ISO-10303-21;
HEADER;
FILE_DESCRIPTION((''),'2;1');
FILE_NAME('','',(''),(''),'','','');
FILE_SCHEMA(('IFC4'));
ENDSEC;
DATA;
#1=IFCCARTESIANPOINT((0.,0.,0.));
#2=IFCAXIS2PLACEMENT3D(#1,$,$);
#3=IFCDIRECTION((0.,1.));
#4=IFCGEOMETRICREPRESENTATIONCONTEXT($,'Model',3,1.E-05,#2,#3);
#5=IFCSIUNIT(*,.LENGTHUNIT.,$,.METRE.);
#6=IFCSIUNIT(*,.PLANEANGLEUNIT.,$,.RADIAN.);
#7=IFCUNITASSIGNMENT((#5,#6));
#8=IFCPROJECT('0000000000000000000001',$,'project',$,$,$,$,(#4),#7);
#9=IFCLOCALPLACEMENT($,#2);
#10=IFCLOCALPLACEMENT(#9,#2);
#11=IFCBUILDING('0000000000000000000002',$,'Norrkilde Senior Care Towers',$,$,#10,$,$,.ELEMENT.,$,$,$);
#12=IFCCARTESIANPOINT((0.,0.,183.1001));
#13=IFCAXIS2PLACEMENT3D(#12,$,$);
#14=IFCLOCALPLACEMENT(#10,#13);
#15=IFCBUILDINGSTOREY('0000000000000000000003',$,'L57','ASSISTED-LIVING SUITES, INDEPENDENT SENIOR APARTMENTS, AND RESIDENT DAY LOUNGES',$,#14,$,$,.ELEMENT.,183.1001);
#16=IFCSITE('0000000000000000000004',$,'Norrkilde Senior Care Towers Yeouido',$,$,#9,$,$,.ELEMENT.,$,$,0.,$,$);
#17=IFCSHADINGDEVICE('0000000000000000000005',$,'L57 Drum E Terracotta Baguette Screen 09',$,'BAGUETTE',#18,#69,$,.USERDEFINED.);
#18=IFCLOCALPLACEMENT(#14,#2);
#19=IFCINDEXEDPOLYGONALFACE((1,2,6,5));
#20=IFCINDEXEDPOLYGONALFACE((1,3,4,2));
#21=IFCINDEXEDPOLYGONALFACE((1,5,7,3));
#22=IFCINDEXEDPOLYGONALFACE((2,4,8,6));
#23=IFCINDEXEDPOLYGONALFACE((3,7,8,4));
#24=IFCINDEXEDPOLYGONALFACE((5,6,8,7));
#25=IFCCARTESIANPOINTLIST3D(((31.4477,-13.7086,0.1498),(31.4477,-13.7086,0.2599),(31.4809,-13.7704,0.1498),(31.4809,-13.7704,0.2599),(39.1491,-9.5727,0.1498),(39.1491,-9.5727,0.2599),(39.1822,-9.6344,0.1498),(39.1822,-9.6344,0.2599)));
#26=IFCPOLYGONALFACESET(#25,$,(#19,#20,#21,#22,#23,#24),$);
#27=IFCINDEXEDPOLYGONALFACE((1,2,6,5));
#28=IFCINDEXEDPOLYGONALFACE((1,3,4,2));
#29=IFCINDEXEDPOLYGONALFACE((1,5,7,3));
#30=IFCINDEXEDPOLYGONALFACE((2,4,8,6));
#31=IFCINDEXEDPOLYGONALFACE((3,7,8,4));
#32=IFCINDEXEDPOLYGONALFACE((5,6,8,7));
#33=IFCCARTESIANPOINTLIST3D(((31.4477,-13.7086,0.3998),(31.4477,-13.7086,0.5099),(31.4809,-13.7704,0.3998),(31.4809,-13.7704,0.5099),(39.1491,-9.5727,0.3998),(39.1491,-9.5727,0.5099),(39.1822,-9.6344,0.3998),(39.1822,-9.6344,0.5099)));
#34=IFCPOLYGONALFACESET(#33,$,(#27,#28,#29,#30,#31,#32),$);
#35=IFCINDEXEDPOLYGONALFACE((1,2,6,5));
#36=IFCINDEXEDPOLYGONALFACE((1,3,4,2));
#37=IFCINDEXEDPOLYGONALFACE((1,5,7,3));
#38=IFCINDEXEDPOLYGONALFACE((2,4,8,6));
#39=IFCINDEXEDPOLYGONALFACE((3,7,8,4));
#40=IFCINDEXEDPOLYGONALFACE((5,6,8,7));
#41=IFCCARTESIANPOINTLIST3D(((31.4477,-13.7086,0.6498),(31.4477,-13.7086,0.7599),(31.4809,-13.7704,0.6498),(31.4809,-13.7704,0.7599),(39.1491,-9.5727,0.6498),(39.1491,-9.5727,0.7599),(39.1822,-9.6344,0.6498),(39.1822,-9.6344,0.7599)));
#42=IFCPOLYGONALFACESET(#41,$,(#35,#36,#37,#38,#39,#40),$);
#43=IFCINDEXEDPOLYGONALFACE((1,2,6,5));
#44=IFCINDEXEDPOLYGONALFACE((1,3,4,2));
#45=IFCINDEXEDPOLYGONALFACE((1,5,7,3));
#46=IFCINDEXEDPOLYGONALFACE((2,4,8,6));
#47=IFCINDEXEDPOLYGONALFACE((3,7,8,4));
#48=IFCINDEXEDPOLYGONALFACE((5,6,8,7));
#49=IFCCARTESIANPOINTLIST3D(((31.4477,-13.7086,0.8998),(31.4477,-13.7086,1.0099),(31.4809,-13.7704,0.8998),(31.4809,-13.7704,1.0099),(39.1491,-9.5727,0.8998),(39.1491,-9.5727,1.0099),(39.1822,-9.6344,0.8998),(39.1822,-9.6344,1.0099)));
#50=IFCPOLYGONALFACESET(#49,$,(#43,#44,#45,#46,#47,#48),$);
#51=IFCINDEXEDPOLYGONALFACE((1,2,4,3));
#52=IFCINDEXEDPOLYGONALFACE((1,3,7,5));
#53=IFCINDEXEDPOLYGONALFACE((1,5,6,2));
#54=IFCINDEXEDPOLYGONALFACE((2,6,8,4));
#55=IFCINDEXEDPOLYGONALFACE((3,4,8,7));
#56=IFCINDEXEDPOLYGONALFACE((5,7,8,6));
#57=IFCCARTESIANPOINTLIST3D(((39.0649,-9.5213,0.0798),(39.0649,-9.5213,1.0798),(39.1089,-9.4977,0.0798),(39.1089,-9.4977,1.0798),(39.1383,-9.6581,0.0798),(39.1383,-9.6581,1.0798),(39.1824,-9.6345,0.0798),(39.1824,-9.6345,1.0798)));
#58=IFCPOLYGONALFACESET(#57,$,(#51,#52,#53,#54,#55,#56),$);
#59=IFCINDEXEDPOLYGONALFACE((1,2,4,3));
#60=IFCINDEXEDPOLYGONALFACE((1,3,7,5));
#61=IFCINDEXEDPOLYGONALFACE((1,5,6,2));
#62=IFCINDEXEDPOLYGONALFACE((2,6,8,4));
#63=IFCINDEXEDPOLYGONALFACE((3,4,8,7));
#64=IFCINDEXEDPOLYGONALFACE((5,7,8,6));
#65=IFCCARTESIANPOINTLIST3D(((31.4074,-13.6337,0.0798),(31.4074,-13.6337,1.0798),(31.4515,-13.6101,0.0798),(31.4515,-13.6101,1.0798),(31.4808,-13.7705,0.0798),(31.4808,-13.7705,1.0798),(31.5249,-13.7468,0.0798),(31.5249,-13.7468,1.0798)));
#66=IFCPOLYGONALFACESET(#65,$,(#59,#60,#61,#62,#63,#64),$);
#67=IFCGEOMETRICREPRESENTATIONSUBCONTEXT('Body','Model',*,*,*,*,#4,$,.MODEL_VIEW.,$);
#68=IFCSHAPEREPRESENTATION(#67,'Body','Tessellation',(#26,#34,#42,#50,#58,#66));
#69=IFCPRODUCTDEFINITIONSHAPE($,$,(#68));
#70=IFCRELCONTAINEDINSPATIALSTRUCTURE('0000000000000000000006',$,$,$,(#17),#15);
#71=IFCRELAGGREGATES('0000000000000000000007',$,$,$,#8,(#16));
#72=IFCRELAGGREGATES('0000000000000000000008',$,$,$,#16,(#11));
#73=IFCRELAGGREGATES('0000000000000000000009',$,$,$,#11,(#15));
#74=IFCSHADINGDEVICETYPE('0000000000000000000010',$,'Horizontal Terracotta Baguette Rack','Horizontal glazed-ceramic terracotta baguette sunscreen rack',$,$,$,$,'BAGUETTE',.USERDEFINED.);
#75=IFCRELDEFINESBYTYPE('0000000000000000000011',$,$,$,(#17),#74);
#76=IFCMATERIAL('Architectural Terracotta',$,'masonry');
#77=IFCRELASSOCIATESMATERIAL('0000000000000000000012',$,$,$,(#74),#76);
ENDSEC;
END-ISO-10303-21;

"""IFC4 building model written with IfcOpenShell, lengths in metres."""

from ifc_helpers import new_model, si_unit, direction, frame, origin, origin_2d, place, context, subcontext, project, spatial, rectangle, extrude, source, transform, mapped, material, type_object, type_shapes, element, save


model = new_model("IFC4")

# Units and contexts
model_context = context("Model", 3, precision=1e-05, world=origin(), true_north=direction((0.0, 1.0)))
body_context = subcontext(model_context, "Body", "Model", "MODEL_VIEW")
ifc_project = project(units=[si_unit("LENGTHUNIT", "METRE"), si_unit("PLANEANGLEUNIT", "RADIAN")], contexts=[model_context])

# Site, building, storey
site_placement = place(None, origin())
site = spatial("IfcSite", under=ifc_project, at=site_placement, Name="Norrkilde Senior Care Towers Yeouido", CompositionType="ELEMENT", RefElevation=0.0)
building_placement = place(site_placement, origin())
building = spatial("IfcBuilding", under=site, at=building_placement, Name="Norrkilde Senior Care Towers", CompositionType="ELEMENT")
storey_placement = place(building_placement, frame((0.0, 0.0, 183.1001)))
storey = spatial("IfcBuildingStorey", under=building, at=storey_placement, Name="L57", Description="ASSISTED-LIVING SUITES, INDEPENDENT SENIOR APARTMENTS, AND RESIDENT DAY LOUNGES", CompositionType="ELEMENT", Elevation=183.1001)

# Shading device
ifc_material_1 = material(Name="Architectural Terracotta", Category="masonry")
shading_device_type = type_object("IfcShadingDeviceType", Name="Horizontal Terracotta Baguette Rack", Description="Horizontal glazed-ceramic terracotta baguette sunscreen rack", ElementType="BAGUETTE", PredefinedType="USERDEFINED", material=ifc_material_1)
shared_shape_1 = source(origin(), body_context, "Body", "SweptSolid", [
    extrude(rectangle(XDim=0.0701, YDim=0.1101, at=origin_2d()), frame((0.0, 0.0901, 0.125), z_axis=(1.0, 0.0, 0.0), x_axis=(0.0, 1.0, 0.0)), (0.0, 0.0, 1.0), 8.7417),
    extrude(rectangle(XDim=0.0701, YDim=0.1101, at=origin_2d()), frame((0.0, 0.0901, 0.375), z_axis=(1.0, 0.0, 0.0), x_axis=(0.0, 1.0, 0.0)), (0.0, 0.0, 1.0), 8.7417),
    extrude(rectangle(XDim=0.0701, YDim=0.1101, at=origin_2d()), frame((0.0, 0.0901, 0.625), z_axis=(1.0, 0.0, 0.0), x_axis=(0.0, 1.0, 0.0)), (0.0, 0.0, 1.0), 8.7417),
    extrude(rectangle(XDim=0.0701, YDim=0.1101, at=origin_2d()), frame((0.0, 0.0901, 0.875), z_axis=(1.0, 0.0, 0.0), x_axis=(0.0, 1.0, 0.0)), (0.0, 0.0, 1.0), 8.7417),
    extrude(rectangle(XDim=0.05, YDim=0.1553, at=origin_2d()), frame((0.0249, 0.0476, 0.0)), (0.0, 0.0, 1.0), 1.0),
    extrude(rectangle(XDim=0.05, YDim=0.1553, at=origin_2d()), frame((8.7168, 0.0476, 0.0)), (0.0, 0.0, 1.0), 1.0),
])
type_shapes(shading_device_type, [shared_shape_1])
shading_device_placement = place(storey_placement, frame((39.123, -9.5242, 0.0798), z_axis=(0.0, 0.0, 1.0), x_axis=(-0.880998, -0.473133, 0.0)))
element("IfcShadingDevice", 1, at=shading_device_placement, inside=storey, type_object=shading_device_type, Name="L57 Drum E Terracotta Baguette Screen 09", ObjectType="BAGUETTE", PredefinedType="USERDEFINED", context=body_context, shape_type="MappedRepresentation", body=[
    mapped(shared_shape_1, transform((0.0, 0.0, 0.0), x_axis=(1.0, 0.0, 0.0), y_axis=(0.0, 1.0, 0.0), z_axis=(0.0, 0.0, 1.0), scale=1.0)),
])

save(model, "model.ifc")
